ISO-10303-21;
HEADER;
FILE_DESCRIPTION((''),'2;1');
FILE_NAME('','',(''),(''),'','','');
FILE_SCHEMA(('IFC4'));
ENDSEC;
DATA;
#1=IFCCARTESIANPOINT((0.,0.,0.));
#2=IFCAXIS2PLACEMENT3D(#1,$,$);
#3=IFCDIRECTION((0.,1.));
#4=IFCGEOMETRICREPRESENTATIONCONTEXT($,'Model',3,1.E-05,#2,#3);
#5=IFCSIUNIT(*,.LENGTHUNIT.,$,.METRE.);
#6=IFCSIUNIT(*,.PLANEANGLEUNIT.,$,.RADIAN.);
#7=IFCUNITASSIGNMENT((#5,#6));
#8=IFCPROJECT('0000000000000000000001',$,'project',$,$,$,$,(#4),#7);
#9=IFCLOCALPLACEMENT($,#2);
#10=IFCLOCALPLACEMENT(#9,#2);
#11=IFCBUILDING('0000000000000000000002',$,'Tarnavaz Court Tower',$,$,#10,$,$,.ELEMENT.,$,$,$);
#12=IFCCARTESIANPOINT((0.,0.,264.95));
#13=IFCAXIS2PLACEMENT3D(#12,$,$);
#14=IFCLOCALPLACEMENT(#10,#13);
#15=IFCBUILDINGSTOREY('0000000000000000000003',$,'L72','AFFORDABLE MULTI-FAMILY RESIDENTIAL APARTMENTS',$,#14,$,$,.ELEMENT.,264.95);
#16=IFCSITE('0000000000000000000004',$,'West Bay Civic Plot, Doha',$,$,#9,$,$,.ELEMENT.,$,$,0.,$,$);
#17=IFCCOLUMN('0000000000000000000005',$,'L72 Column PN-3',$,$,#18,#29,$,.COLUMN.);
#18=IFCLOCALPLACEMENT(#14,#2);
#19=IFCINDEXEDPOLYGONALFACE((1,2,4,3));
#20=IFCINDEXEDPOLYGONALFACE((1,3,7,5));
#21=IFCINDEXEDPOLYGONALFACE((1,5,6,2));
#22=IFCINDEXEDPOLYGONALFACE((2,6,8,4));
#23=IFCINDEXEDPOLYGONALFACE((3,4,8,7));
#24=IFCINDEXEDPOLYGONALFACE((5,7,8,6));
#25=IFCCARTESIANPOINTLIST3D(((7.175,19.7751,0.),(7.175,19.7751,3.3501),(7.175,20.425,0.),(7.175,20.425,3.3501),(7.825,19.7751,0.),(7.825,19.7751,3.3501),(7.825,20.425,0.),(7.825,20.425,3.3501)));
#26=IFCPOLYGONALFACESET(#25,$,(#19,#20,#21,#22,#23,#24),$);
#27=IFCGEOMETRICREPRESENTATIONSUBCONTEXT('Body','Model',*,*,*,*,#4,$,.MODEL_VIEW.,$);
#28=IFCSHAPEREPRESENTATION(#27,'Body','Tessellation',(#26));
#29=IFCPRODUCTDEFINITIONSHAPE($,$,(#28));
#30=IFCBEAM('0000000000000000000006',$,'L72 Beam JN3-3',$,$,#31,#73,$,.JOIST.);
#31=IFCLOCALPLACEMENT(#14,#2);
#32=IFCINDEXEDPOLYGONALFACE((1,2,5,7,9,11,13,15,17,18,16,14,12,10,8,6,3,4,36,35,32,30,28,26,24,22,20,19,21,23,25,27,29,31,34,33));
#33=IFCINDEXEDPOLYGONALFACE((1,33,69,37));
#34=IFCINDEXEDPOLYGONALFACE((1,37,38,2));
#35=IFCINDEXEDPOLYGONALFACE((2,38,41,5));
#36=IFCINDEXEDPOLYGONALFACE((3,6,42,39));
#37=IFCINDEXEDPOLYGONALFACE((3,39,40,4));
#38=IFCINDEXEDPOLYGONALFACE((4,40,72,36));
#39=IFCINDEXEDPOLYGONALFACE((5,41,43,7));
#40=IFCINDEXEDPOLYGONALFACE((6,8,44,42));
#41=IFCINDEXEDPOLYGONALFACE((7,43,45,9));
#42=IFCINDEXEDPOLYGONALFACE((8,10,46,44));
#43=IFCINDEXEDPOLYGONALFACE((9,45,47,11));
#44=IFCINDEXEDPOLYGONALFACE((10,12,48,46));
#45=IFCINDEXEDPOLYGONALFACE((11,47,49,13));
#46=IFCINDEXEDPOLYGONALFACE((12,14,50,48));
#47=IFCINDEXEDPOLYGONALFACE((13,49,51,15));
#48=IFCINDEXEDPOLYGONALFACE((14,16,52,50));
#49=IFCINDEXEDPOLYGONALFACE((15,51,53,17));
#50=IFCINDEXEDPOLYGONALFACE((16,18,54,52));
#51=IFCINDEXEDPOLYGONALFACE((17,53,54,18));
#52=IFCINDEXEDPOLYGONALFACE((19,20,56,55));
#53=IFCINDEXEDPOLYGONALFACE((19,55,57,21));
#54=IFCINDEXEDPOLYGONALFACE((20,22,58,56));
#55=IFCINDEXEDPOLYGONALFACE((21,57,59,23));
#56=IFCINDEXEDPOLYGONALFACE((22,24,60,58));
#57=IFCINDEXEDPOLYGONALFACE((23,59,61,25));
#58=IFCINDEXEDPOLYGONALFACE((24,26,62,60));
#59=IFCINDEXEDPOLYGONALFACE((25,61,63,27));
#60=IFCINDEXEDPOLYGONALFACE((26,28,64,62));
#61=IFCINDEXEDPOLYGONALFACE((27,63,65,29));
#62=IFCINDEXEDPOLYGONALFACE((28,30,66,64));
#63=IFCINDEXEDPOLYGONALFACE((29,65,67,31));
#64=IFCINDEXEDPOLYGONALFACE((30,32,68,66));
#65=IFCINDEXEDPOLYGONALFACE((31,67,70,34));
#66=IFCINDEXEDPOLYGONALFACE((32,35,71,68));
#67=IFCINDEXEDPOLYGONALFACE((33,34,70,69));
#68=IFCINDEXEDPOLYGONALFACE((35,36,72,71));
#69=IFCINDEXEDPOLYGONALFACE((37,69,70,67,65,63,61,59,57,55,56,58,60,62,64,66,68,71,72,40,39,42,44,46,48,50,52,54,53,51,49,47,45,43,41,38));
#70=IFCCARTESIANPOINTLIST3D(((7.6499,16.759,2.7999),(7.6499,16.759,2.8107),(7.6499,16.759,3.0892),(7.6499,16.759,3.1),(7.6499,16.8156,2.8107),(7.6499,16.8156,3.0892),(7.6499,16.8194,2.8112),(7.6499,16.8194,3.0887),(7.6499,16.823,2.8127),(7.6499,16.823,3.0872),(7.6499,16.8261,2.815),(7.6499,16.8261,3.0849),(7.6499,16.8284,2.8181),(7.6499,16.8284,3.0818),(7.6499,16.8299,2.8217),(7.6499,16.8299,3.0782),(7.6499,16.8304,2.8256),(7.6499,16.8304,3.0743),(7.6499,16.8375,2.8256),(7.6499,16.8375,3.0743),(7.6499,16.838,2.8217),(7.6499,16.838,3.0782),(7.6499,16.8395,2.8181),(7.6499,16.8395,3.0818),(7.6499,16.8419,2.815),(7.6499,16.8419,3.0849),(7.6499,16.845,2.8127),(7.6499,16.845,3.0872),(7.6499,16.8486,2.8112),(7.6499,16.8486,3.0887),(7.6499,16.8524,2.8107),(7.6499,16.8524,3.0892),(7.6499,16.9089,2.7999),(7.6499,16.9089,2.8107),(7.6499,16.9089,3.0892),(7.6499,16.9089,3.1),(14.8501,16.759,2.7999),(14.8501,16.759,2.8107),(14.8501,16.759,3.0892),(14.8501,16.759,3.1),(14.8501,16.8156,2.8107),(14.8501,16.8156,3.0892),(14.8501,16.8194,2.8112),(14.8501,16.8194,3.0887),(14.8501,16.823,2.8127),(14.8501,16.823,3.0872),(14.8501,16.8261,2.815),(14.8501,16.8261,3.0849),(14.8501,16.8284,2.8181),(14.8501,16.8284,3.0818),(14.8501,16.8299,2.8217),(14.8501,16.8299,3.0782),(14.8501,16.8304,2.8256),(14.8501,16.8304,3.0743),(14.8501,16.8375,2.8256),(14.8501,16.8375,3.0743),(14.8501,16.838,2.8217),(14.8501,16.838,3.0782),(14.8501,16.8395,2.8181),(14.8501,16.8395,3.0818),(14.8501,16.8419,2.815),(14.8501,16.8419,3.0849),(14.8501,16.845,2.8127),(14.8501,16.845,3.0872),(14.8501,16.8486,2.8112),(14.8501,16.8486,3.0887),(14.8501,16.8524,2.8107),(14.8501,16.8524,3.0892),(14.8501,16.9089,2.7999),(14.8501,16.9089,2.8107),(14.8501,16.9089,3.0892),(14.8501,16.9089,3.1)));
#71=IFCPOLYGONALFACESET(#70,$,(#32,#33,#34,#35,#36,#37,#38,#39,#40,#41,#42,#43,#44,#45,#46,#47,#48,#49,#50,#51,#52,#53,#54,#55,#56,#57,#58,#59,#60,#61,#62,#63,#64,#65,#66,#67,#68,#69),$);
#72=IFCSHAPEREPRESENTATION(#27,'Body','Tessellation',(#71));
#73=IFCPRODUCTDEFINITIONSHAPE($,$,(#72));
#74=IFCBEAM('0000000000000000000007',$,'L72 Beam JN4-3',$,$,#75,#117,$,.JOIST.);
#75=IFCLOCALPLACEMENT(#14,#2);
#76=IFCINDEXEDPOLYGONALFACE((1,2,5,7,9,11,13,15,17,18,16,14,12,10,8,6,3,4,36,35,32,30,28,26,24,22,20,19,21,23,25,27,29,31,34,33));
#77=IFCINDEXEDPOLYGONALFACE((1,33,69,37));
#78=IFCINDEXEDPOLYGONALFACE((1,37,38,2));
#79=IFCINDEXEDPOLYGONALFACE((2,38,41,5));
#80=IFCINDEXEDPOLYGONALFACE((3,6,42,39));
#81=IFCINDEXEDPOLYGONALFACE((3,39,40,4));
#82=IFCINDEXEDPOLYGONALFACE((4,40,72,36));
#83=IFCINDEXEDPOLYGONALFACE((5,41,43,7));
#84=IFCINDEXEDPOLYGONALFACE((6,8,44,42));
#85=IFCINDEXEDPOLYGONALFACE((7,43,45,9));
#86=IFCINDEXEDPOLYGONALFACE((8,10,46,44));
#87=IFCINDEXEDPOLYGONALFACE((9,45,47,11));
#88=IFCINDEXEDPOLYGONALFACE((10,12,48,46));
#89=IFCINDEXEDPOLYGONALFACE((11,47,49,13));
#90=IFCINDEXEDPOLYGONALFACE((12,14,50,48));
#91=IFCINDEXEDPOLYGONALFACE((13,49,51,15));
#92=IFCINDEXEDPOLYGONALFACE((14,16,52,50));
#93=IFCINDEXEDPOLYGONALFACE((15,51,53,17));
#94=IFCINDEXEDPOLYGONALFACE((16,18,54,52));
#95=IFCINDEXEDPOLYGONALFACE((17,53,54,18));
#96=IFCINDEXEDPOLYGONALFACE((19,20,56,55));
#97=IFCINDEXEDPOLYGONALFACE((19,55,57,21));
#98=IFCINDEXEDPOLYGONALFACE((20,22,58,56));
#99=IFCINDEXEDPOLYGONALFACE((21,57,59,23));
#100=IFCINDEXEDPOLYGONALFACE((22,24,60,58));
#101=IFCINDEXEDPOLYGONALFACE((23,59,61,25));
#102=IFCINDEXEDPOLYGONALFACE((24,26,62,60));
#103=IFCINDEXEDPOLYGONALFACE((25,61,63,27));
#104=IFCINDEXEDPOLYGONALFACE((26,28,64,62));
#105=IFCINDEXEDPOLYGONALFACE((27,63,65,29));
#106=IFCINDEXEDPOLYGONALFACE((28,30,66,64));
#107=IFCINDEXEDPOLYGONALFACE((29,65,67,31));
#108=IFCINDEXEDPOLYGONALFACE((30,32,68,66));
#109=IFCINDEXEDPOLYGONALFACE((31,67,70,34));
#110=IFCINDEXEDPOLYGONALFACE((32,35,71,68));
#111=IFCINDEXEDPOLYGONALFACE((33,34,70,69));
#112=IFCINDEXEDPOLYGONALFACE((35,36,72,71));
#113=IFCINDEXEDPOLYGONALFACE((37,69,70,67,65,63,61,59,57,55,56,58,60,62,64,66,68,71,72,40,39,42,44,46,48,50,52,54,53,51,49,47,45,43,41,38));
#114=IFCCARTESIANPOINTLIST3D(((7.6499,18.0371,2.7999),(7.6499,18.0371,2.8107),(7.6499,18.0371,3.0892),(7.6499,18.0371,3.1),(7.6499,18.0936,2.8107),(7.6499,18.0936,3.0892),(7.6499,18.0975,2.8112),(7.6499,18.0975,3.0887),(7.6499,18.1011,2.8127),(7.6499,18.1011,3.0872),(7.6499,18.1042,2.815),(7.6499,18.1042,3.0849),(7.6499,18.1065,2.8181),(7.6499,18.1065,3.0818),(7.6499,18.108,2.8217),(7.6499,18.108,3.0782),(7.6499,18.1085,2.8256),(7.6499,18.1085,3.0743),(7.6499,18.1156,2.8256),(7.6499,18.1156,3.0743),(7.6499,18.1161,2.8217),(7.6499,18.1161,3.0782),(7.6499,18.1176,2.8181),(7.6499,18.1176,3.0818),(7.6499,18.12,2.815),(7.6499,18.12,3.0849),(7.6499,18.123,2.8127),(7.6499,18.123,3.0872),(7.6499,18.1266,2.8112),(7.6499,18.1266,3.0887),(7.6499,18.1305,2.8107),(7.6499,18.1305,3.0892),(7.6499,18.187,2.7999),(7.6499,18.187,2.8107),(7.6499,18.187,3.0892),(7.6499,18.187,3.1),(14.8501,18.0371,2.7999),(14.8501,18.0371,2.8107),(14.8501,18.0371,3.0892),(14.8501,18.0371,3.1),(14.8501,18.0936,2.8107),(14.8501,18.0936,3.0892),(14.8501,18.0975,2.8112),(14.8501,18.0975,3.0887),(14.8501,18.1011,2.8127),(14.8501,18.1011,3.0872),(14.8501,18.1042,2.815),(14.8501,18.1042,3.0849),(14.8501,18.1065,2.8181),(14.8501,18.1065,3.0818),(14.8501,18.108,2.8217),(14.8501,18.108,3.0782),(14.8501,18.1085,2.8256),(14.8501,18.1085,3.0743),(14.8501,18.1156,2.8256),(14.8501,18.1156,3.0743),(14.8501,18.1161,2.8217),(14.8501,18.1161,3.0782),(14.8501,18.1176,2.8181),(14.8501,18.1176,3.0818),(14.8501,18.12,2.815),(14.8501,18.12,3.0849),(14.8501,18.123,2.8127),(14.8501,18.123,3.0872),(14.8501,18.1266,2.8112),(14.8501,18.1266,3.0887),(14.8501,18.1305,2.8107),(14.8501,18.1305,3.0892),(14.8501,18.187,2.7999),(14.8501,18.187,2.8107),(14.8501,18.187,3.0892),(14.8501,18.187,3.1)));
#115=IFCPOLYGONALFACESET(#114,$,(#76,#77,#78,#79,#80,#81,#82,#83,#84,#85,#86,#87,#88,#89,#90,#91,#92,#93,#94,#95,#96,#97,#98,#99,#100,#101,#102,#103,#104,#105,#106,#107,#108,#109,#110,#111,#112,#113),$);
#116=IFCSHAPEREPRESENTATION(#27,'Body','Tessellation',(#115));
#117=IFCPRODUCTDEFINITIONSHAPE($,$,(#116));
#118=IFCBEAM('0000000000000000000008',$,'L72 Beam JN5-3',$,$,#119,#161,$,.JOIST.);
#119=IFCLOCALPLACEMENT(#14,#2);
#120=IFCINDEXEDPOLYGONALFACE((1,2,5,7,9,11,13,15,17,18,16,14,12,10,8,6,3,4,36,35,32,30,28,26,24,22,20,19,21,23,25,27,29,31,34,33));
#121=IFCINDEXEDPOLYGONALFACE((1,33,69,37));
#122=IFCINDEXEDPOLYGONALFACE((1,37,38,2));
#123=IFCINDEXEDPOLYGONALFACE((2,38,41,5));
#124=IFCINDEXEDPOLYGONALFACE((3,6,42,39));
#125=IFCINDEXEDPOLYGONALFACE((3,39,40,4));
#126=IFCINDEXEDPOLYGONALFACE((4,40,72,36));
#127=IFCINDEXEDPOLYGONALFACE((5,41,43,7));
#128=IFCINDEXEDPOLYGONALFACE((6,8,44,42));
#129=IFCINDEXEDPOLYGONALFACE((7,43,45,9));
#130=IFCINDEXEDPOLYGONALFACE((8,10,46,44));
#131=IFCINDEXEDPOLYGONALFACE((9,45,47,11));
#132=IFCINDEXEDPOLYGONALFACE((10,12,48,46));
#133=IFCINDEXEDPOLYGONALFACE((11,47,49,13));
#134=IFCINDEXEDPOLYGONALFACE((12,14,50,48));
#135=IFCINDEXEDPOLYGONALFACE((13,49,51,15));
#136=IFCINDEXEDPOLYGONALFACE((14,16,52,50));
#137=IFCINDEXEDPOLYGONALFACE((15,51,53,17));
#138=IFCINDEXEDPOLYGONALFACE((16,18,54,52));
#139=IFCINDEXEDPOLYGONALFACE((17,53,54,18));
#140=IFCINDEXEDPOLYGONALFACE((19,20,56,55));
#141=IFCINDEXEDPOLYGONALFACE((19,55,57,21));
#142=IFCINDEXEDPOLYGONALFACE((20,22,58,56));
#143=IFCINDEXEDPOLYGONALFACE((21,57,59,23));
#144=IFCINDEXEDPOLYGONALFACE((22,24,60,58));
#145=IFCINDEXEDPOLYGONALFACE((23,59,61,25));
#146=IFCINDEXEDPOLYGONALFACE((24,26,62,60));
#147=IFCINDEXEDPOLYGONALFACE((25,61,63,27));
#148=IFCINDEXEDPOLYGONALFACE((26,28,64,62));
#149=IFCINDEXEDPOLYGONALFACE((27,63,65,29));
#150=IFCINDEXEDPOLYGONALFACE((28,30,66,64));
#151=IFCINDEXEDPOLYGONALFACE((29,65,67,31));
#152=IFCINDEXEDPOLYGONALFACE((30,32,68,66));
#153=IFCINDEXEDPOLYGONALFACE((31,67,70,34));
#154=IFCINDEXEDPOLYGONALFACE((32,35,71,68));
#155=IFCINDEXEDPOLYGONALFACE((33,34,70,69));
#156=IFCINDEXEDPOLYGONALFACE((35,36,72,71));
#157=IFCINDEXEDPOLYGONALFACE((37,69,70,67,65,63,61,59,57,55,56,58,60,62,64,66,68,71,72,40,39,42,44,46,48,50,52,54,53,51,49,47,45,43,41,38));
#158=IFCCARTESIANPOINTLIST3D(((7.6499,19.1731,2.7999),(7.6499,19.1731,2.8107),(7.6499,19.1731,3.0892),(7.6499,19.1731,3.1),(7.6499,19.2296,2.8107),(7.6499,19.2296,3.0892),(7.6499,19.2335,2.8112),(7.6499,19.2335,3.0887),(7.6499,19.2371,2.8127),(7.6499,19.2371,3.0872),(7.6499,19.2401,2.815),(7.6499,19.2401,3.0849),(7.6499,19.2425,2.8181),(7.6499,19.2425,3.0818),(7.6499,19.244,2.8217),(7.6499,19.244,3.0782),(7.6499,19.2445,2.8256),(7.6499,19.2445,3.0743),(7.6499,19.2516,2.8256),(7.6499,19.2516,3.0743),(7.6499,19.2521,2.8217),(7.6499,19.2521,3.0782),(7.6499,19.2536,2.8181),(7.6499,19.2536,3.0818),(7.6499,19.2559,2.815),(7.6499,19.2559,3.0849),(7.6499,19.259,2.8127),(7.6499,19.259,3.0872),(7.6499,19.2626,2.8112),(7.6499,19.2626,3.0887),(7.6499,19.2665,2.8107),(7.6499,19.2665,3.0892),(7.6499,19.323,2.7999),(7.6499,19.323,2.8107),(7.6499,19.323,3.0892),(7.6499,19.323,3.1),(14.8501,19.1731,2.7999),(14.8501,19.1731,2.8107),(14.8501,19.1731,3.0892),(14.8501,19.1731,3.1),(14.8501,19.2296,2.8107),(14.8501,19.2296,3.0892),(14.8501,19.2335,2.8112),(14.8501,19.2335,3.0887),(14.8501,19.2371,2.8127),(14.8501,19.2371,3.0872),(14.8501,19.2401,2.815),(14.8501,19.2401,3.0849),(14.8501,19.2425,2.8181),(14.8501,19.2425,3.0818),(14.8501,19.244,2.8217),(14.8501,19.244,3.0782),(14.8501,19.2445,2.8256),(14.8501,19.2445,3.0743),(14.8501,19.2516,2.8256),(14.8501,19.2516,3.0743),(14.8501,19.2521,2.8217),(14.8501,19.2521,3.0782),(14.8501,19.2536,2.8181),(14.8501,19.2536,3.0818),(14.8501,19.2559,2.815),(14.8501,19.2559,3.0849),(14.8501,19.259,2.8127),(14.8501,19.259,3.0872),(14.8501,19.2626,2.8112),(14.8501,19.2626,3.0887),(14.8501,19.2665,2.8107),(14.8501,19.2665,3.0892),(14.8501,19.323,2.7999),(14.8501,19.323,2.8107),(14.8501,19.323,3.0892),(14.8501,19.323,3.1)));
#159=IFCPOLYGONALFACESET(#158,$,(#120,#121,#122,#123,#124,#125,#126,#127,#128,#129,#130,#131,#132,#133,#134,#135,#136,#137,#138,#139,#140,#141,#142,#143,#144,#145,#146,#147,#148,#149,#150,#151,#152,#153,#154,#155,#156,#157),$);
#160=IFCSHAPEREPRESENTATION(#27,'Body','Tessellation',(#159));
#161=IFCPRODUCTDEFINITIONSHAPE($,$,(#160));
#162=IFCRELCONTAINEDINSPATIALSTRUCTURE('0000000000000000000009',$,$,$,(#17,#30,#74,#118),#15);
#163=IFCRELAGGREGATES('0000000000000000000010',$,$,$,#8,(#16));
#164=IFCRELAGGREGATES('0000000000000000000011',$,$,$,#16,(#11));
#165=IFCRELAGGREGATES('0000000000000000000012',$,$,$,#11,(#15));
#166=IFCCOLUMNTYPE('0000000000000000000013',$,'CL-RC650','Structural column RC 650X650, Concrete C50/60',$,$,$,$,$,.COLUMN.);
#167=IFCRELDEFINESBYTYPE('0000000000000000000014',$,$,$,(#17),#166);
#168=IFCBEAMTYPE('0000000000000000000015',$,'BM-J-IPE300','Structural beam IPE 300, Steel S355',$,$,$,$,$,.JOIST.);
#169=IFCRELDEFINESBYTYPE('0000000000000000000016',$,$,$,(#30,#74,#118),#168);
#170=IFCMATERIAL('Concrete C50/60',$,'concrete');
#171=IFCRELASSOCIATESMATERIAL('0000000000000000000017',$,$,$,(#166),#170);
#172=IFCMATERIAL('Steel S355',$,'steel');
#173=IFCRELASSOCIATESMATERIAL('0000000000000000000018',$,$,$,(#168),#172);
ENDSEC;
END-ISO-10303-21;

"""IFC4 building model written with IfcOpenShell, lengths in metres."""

from ifc_helpers import new_model, si_unit, direction, frame, origin, origin_2d, place, context, subcontext, project, spatial, rectangle, i_section, extrude, material, material_profile, profile_set, type_object, element, save


model = new_model("IFC4")

# Units and contexts
model_context = context("Model", 3, precision=1e-05, world=origin(), true_north=direction((0.0, 1.0)))
body_context = subcontext(model_context, "Body", "Model", "MODEL_VIEW")
ifc_project = project(units=[si_unit("LENGTHUNIT", "METRE"), si_unit("PLANEANGLEUNIT", "RADIAN")], contexts=[model_context])

# Site, building, storey
site_placement = place(None, origin())
site = spatial("IfcSite", under=ifc_project, at=site_placement, Name="West Bay Civic Plot, Doha", CompositionType="ELEMENT", RefElevation=0.0)
building_placement = place(site_placement, origin())
building = spatial("IfcBuilding", under=site, at=building_placement, Name="Tarnavaz Court Tower", CompositionType="ELEMENT")
storey_placement = place(building_placement, frame((0.0, 0.0, 264.95)))
storey = spatial("IfcBuildingStorey", under=building, at=storey_placement, Name="L72", Description="AFFORDABLE MULTI-FAMILY RESIDENTIAL APARTMENTS", CompositionType="ELEMENT", Elevation=264.95)

# Column
ifc_material_1 = material(Name="Concrete C50/60", Category="concrete")
ifc_material_profile_1 = material_profile(ifc_material_1, rectangle(XDim=0.6499, YDim=0.6499, at=origin_2d()), Name="RC 650X650")
ifc_profile_set_1 = profile_set([ifc_material_profile_1], Name="Concrete C50/60")
column_type = type_object("IfcColumnType", Name="CL-RC650", Description="Structural column RC 650X650, Concrete C50/60", PredefinedType="COLUMN", material=ifc_profile_set_1)
column_placement = place(storey_placement, frame((7.5, 20.1001, 0.0), z_axis=(0.0, 0.0, 1.0), x_axis=(1.0, 0.0, 0.0)))
element("IfcColumn", 1, at=column_placement, inside=storey, type_object=column_type, Name="L72 Column PN-3", PredefinedType="COLUMN", context=body_context, shape_type="SweptSolid", body=[
    extrude(rectangle(XDim=0.6499, YDim=0.6499, at=origin_2d()), origin(), (0.0, 0.0, 1.0), 3.3501),
])

# Beams
ifc_material_2 = material(Name="Steel S355", Category="steel")
ifc_material_profile_2 = material_profile(ifc_material_2, i_section(OverallWidth=0.1499, OverallDepth=0.3, WebThickness=0.0071, FlangeThickness=0.0107, FilletRadius=0.0149, at=origin_2d()), Name="IPE 300")
ifc_profile_set_2 = profile_set([ifc_material_profile_2], Name="Steel S355")
beam_type_1 = type_object("IfcBeamType", Name="BM-J-IPE300", Description="Structural beam IPE 300, Steel S355", PredefinedType="JOIST", material=ifc_profile_set_2)
for number, where, z_axis, x_axis, name in (
    (2, (7.6499, 16.834, 2.95), (1.0, 0.0, 0.0), (0.0, 1.0, 0.0), "L72 Beam JN3-3"),
    (3, (7.6499, 18.1121, 2.95), (1.0, 0.0, 0.0), (0.0, 1.0, 0.0), "L72 Beam JN4-3"),
    (4, (7.6499, 19.248, 2.95), (1.0, 0.0, 0.0), (0.0, 1.0, 0.0), "L72 Beam JN5-3"),
):
    element("IfcBeam", number, at=place(storey_placement, frame(where, z_axis=z_axis, x_axis=x_axis)), inside=storey, type_object=beam_type_1, Name=name, PredefinedType="JOIST", context=body_context, shape_type="SweptSolid", body=[
        extrude(i_section(OverallWidth=0.1499, OverallDepth=0.3, WebThickness=0.0071, FlangeThickness=0.0107, FilletRadius=0.0149, at=origin_2d()), origin(), (0.0, 0.0, 1.0), 7.2002),
    ])

save(model, "model.ifc")
